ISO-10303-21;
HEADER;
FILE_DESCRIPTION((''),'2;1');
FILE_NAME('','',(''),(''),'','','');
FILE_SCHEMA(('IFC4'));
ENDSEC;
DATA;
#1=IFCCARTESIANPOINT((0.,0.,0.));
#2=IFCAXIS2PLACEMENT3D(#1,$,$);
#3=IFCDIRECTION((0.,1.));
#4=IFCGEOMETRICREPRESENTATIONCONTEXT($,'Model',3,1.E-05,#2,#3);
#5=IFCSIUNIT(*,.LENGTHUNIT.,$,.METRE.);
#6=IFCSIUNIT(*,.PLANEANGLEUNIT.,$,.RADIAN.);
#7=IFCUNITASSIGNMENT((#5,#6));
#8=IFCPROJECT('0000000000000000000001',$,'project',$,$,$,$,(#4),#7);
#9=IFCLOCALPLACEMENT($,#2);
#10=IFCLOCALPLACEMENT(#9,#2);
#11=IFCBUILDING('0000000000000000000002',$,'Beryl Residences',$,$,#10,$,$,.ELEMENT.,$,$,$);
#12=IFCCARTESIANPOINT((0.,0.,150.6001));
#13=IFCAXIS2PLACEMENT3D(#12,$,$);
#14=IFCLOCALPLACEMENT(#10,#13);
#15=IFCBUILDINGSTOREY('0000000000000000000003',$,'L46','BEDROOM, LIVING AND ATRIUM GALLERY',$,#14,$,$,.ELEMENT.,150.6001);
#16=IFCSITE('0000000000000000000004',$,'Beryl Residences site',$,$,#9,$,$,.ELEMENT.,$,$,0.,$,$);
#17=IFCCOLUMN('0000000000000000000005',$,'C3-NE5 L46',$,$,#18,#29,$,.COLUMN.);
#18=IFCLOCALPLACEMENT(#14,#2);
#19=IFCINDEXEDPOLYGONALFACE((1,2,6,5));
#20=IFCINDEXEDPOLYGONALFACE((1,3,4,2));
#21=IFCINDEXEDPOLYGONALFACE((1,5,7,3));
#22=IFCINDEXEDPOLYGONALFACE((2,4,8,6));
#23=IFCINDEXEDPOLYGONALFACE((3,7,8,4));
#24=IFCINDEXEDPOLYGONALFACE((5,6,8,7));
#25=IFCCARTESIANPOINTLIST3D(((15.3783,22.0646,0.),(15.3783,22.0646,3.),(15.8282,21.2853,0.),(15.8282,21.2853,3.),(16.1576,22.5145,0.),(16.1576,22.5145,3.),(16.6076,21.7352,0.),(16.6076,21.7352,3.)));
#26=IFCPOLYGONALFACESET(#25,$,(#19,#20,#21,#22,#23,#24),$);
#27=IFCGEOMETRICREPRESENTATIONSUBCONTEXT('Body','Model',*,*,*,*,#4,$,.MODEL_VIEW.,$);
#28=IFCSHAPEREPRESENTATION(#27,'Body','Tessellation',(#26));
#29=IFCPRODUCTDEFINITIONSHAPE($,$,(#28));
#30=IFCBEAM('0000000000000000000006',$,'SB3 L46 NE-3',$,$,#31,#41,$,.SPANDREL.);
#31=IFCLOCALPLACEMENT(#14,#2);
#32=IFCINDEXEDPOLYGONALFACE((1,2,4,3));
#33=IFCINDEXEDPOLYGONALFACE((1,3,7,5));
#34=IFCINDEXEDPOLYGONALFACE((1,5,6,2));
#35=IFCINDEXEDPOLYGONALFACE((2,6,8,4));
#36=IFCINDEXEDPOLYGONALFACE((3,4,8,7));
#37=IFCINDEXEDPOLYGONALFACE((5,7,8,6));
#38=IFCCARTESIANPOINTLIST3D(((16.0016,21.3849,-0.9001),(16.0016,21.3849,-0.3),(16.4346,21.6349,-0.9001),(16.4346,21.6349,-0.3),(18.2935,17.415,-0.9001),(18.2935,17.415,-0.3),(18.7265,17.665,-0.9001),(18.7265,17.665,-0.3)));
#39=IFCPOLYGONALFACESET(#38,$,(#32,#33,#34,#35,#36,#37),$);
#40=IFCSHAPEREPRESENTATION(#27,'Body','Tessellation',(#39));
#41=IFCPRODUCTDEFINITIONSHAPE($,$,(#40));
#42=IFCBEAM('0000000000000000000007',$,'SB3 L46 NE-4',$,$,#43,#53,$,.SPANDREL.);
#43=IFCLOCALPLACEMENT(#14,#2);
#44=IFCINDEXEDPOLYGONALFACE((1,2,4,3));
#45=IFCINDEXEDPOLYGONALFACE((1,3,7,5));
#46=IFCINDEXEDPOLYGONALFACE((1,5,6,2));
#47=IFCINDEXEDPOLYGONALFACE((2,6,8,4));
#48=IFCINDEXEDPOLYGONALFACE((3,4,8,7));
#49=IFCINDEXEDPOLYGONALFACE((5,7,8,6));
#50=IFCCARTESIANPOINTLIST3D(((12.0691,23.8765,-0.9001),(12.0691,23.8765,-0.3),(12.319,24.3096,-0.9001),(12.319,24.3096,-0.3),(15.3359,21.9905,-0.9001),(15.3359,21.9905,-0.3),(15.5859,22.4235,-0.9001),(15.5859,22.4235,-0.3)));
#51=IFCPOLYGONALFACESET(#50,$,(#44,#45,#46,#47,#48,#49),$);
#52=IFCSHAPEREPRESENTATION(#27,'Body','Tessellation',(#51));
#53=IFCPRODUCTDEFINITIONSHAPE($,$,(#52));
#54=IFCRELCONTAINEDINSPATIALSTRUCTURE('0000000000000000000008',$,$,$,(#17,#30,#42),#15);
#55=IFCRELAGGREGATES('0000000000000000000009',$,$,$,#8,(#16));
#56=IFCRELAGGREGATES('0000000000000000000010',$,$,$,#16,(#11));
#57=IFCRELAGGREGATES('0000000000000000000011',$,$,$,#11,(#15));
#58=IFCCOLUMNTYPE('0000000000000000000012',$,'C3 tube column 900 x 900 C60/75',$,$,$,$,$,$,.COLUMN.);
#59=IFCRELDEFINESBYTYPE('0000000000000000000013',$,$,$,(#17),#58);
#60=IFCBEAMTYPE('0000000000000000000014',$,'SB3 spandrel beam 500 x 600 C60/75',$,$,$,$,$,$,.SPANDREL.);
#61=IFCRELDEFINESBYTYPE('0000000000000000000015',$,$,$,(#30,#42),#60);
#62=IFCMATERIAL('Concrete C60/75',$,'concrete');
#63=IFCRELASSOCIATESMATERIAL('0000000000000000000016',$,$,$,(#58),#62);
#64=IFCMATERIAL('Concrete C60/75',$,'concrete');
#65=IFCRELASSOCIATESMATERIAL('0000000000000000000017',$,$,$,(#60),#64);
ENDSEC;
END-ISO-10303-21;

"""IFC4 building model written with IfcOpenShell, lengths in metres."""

from ifc_helpers import new_model, si_unit, direction, frame, origin, origin_2d, place, context, subcontext, project, spatial, rectangle, extrude, material, material_profile, profile_set, type_object, element, save


model = new_model("IFC4")

# Units and contexts
model_context = context("Model", 3, precision=1e-05, world=origin(), true_north=direction((0.0, 1.0)))
body_context = subcontext(model_context, "Body", "Model", "MODEL_VIEW")
ifc_project = project(units=[si_unit("LENGTHUNIT", "METRE"), si_unit("PLANEANGLEUNIT", "RADIAN")], contexts=[model_context])

# Site, building, storey
site_placement = place(None, origin())
site = spatial("IfcSite", under=ifc_project, at=site_placement, Name="Beryl Residences site", CompositionType="ELEMENT", RefElevation=0.0)
building_placement = place(site_placement, origin())
building = spatial("IfcBuilding", under=site, at=building_placement, Name="Beryl Residences", CompositionType="ELEMENT")
storey_placement = place(building_placement, frame((0.0, 0.0, 150.6001)))
storey = spatial("IfcBuildingStorey", under=building, at=storey_placement, Name="L46", Description="BEDROOM, LIVING AND ATRIUM GALLERY", CompositionType="ELEMENT", Elevation=150.6001)

# Column
ifc_material_1 = material(Name="Concrete C60/75", Category="concrete")
ifc_material_profile_1 = material_profile(ifc_material_1, rectangle(XDim=0.8999, YDim=0.8999, at=origin_2d()))
ifc_profile_set_1 = profile_set([ifc_material_profile_1], Name="Concrete C60/75")
column_type = type_object("IfcColumnType", Name="C3 tube column 900 x 900 C60/75", PredefinedType="COLUMN", material=ifc_profile_set_1)
column_placement = place(storey_placement, frame((15.9929, 21.8999, 0.0), z_axis=(0.0, 0.0, 1.0), x_axis=(-0.5, 0.866025, 0.0)))
element("IfcColumn", 1, at=column_placement, inside=storey, type_object=column_type, Name="C3-NE5 L46", PredefinedType="COLUMN", context=body_context, shape_type="SweptSolid", body=[
    extrude(rectangle(XDim=0.8999, YDim=0.8999, at=origin_2d()), origin(), (0.0, 0.0, 1.0), 3.0),
])

# Beams
ifc_material_2 = material(Name="Concrete C60/75", Category="concrete")
ifc_material_profile_2 = material_profile(ifc_material_2, rectangle(XDim=0.5, YDim=0.6001, at=origin_2d()))
ifc_profile_set_2 = profile_set([ifc_material_profile_2], Name="Concrete C60/75")
beam_type = type_object("IfcBeamType", Name="SB3 spandrel beam 500 x 600 C60/75", PredefinedType="SPANDREL", material=ifc_profile_set_2)
beam_1_placement = place(storey_placement, frame((18.51, 17.54, -0.6001), z_axis=(-0.499988, 0.866032, 0.0), x_axis=(-0.866032, -0.499988, 0.0)))
element("IfcBeam", 2, at=beam_1_placement, inside=storey, type_object=beam_type, Name="SB3 L46 NE-3", PredefinedType="SPANDREL", context=body_context, shape_type="SweptSolid", body=[
    extrude(rectangle(XDim=0.5, YDim=0.6001, at=origin_2d()), origin(), (0.0, 0.0, 1.0), 4.584),
])
beam_2_placement = place(storey_placement, frame((15.4609, 22.207, -0.6001), z_axis=(-0.86604, 0.499975, 0.0), x_axis=(-0.499975, -0.86604, 0.0)))
element("IfcBeam", 3, at=beam_2_placement, inside=storey, type_object=beam_type, Name="SB3 L46 NE-4", PredefinedType="SPANDREL", context=body_context, shape_type="SweptSolid", body=[
    extrude(rectangle(XDim=0.5, YDim=0.6001, at=origin_2d()), origin(), (0.0, 0.0, 1.0), 3.7722),
])

save(model, "model.ifc")
